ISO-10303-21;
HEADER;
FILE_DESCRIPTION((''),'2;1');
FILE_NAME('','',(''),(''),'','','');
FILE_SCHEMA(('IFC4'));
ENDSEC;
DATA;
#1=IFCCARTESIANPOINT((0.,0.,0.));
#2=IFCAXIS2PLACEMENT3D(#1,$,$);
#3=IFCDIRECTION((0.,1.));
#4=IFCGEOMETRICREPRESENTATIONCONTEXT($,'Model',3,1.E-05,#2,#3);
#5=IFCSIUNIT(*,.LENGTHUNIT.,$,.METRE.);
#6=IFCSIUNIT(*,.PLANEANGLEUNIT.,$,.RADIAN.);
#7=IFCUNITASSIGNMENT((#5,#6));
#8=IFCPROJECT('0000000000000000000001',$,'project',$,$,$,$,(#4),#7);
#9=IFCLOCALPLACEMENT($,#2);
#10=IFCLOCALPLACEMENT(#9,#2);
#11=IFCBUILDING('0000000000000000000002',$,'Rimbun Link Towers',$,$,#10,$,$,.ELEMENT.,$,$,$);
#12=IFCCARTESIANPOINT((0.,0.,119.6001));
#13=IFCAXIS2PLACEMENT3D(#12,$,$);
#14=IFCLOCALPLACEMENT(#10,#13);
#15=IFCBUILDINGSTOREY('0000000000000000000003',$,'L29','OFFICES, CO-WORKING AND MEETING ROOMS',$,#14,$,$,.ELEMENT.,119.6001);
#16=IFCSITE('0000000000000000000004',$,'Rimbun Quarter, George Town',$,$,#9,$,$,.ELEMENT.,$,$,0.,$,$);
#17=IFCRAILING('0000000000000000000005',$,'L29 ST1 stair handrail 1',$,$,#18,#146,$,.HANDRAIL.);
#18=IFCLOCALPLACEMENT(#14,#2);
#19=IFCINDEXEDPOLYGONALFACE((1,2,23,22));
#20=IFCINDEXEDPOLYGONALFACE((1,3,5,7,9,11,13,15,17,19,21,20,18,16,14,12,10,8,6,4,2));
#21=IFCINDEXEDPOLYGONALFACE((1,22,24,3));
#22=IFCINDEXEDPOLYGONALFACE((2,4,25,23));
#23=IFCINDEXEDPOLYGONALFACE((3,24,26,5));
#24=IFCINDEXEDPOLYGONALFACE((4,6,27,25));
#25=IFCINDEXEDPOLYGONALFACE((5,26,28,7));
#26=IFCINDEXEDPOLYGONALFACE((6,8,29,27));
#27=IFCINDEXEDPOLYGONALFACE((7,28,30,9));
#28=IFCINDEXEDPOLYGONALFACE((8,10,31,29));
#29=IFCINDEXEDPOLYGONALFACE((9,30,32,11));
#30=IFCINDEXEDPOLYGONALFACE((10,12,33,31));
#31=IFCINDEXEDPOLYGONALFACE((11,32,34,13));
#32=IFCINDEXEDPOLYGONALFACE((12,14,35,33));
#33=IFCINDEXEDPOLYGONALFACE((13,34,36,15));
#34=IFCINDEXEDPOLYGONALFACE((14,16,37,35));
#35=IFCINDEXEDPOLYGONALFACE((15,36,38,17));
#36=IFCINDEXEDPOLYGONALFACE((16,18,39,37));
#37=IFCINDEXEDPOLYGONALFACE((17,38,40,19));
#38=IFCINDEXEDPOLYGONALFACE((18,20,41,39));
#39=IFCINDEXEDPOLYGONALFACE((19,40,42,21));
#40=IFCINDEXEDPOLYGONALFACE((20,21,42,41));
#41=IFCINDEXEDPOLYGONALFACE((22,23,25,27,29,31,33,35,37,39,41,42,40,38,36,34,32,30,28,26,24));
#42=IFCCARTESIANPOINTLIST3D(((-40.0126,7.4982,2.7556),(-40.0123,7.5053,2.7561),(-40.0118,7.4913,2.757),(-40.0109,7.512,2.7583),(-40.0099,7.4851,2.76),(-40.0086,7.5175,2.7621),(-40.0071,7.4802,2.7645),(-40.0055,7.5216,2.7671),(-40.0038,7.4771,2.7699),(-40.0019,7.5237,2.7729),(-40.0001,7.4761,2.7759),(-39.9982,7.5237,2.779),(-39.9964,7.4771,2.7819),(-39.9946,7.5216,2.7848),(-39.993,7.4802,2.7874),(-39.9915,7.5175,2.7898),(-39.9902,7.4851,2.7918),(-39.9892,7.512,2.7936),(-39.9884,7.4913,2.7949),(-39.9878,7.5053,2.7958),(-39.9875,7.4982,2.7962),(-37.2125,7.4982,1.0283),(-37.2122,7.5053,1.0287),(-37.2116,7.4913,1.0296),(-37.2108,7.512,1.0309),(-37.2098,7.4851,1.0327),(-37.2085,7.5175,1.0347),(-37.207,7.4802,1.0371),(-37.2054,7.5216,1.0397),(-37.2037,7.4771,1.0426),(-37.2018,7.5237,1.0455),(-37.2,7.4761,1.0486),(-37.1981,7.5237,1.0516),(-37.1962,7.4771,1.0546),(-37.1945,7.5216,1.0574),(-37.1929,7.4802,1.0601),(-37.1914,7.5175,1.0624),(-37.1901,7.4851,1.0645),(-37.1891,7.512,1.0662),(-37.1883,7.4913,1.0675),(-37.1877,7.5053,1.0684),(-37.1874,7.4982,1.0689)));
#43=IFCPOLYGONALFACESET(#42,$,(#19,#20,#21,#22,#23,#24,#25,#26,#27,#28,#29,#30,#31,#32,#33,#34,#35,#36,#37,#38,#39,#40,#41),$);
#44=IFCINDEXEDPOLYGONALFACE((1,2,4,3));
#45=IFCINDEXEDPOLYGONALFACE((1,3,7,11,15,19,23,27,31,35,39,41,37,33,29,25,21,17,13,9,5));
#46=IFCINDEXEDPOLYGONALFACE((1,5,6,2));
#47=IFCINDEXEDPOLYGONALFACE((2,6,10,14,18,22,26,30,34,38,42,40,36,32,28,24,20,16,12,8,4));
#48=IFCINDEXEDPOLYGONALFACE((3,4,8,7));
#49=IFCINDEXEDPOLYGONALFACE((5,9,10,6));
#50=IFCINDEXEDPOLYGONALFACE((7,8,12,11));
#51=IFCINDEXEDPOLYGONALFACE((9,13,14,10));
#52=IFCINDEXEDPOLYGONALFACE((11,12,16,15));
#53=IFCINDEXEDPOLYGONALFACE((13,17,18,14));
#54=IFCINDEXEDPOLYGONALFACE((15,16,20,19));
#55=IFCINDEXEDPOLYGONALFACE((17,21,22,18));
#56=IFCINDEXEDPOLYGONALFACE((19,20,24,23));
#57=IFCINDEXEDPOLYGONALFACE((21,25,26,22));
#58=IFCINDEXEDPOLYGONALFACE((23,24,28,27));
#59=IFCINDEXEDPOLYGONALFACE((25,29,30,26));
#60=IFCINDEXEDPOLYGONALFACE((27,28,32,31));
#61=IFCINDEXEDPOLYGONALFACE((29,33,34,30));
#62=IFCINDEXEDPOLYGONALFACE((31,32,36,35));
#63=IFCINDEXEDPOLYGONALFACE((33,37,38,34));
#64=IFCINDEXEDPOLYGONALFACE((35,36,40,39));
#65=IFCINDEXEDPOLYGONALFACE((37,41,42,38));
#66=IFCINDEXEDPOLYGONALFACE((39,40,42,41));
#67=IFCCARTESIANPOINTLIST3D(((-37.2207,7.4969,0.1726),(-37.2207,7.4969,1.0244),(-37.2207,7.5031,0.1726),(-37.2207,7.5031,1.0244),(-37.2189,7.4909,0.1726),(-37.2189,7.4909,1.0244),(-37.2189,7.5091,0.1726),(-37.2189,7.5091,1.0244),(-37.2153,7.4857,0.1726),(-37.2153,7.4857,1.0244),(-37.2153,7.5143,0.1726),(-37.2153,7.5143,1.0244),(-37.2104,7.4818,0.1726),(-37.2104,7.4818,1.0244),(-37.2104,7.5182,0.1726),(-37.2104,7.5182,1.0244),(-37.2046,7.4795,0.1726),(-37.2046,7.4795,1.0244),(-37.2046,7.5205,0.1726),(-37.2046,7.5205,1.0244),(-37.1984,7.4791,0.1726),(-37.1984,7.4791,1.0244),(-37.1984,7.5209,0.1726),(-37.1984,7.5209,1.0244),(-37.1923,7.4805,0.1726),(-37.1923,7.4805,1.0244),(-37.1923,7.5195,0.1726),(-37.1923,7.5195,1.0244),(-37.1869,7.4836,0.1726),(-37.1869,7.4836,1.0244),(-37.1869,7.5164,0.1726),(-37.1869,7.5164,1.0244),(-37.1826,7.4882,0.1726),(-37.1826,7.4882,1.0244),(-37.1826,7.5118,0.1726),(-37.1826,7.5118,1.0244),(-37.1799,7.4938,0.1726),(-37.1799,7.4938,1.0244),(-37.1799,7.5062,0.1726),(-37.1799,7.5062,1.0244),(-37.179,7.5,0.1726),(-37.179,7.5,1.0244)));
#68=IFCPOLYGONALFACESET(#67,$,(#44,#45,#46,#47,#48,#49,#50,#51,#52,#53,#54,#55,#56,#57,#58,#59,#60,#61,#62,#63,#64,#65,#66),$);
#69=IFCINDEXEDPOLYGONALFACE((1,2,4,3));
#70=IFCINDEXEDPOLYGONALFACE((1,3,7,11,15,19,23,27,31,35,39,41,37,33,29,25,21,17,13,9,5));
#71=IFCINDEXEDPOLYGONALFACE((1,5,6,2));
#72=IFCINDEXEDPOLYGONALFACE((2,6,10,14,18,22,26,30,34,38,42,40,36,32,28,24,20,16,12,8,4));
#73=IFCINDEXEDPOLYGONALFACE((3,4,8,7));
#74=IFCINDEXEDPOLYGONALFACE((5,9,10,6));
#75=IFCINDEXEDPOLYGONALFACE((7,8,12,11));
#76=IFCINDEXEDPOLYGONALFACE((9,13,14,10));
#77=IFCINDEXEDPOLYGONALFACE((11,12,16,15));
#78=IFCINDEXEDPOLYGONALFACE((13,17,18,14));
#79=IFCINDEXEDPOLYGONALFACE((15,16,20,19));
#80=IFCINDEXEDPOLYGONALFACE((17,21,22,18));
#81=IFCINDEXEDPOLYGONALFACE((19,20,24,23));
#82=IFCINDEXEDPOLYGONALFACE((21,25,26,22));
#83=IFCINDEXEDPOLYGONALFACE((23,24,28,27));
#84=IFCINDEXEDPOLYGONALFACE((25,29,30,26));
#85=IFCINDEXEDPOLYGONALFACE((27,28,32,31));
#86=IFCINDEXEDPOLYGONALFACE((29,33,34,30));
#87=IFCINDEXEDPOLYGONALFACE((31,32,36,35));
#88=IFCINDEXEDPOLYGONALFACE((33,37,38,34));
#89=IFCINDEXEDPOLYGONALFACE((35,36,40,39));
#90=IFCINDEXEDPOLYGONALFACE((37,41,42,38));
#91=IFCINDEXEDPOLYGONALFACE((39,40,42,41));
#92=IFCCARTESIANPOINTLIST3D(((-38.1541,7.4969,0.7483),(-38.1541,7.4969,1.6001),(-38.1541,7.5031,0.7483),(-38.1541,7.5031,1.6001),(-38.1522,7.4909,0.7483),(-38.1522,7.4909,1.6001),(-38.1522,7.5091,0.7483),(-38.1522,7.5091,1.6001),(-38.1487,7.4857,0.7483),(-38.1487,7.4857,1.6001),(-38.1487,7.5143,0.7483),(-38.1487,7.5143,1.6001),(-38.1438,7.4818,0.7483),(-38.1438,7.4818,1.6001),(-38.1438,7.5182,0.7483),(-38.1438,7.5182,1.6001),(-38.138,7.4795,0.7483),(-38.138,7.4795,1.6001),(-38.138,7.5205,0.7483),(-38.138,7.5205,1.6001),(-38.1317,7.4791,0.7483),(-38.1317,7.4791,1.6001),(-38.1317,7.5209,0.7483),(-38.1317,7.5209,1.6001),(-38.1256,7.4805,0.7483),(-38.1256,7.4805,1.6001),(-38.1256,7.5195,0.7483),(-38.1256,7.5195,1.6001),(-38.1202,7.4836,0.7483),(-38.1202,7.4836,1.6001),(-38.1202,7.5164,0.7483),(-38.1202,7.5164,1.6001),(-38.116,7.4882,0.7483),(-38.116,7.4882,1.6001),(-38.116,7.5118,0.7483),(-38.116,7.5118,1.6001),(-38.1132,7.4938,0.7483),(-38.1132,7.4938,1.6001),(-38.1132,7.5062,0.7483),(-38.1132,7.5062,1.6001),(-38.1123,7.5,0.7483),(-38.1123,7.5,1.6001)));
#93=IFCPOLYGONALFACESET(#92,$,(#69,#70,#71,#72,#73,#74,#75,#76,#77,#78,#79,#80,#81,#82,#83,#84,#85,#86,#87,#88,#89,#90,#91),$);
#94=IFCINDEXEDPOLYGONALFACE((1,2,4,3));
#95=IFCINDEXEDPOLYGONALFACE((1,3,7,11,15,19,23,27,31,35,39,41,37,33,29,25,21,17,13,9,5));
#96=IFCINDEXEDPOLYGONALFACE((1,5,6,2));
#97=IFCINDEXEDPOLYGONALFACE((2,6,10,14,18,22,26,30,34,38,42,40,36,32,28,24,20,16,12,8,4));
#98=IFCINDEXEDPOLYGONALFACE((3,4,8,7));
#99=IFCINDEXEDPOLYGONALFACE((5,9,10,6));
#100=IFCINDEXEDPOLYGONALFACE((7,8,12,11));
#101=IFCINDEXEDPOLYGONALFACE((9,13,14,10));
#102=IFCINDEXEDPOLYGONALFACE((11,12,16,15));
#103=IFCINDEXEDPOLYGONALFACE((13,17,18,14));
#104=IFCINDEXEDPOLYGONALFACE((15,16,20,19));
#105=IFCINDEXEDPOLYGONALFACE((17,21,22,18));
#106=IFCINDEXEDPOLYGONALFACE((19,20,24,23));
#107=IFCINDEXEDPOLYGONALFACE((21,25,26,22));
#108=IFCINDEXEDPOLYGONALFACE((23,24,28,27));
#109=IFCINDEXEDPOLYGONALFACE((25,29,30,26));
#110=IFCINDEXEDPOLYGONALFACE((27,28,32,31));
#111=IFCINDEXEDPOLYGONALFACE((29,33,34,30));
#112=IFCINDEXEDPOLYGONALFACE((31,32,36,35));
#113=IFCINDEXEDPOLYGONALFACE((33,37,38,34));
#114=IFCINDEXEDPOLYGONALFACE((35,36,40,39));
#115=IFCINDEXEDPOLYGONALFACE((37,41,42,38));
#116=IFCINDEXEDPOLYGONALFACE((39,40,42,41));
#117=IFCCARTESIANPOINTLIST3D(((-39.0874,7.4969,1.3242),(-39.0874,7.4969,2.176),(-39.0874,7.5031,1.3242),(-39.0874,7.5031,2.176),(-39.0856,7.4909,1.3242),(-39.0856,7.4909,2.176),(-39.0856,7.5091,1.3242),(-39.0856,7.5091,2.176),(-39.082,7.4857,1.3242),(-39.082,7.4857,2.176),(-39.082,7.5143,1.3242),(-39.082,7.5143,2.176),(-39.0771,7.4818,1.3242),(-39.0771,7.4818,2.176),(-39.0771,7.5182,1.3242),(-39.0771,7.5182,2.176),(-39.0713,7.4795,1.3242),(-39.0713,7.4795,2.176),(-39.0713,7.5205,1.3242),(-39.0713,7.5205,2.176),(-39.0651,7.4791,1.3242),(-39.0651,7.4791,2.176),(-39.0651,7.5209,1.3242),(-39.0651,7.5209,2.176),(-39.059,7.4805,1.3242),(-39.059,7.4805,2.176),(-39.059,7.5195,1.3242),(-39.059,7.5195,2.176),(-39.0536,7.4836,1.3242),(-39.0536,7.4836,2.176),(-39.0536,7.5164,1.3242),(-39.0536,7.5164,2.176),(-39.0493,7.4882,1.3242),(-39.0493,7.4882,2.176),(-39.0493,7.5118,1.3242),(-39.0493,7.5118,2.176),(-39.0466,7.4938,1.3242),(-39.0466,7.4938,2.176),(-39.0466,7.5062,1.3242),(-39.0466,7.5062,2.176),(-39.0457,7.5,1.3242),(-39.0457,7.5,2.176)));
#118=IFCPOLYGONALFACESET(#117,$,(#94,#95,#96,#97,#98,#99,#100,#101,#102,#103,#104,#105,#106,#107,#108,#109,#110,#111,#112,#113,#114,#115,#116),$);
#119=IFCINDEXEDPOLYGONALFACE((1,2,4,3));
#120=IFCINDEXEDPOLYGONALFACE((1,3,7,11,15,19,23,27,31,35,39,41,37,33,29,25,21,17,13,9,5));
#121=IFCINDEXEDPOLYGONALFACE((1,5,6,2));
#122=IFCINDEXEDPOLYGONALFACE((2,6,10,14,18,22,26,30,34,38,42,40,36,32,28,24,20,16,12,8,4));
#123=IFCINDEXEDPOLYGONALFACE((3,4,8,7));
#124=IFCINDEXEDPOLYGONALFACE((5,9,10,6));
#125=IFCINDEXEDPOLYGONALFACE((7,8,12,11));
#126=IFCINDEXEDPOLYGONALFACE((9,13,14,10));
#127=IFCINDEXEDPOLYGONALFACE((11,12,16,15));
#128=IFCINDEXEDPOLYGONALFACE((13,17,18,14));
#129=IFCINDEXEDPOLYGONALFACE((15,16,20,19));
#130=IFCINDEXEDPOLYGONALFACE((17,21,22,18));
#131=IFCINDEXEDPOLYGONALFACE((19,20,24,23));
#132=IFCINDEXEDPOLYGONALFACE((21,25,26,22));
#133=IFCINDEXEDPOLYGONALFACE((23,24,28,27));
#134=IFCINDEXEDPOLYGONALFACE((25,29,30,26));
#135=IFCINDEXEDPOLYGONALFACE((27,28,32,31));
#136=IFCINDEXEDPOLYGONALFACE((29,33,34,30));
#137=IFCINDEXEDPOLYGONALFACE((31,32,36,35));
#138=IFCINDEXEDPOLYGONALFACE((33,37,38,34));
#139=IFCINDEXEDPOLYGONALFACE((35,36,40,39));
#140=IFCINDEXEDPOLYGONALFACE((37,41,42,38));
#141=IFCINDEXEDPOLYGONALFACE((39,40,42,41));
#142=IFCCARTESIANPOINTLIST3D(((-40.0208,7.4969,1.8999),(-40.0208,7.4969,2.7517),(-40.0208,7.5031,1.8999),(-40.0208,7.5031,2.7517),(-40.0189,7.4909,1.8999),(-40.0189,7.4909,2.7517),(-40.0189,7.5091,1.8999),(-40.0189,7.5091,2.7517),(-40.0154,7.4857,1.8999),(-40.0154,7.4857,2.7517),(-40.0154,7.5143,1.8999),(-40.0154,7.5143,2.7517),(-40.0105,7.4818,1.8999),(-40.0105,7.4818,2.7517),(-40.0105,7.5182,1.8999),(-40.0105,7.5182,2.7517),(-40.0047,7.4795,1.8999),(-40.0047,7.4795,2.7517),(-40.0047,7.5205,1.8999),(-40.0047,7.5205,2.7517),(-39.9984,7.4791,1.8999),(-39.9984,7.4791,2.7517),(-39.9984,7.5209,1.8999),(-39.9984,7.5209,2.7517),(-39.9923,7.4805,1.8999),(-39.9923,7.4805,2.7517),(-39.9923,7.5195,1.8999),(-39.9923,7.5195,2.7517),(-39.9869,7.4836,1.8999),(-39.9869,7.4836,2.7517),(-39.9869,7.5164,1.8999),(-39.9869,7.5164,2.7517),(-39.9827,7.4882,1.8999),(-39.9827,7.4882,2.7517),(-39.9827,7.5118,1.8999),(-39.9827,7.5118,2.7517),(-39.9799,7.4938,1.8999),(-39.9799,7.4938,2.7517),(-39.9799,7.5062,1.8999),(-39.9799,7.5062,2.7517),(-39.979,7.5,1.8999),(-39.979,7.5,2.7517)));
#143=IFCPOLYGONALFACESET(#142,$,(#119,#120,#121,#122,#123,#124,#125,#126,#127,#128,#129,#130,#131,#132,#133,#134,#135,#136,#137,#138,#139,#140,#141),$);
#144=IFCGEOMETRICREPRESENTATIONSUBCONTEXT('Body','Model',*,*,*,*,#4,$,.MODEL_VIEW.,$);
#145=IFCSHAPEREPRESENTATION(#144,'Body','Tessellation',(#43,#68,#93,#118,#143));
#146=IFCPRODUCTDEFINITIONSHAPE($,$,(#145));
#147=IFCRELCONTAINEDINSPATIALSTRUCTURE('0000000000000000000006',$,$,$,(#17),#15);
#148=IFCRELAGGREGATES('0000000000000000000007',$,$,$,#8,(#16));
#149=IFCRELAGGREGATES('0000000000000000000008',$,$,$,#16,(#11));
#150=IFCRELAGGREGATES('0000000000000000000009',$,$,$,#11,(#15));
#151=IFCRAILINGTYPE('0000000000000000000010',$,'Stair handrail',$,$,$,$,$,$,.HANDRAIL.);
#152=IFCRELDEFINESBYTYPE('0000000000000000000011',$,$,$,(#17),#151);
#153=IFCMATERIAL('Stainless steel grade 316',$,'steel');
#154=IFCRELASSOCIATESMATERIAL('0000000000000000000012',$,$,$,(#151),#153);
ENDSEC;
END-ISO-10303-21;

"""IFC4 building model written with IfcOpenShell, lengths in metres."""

from ifc_helpers import new_model, si_unit, direction, frame, origin, origin_2d, place, context, subcontext, project, spatial, circle, extrude, material, type_object, element, save


model = new_model("IFC4")

# Units and contexts
model_context = context("Model", 3, precision=1e-05, world=origin(), true_north=direction((0.0, 1.0)))
body_context = subcontext(model_context, "Body", "Model", "MODEL_VIEW")
ifc_project = project(units=[si_unit("LENGTHUNIT", "METRE"), si_unit("PLANEANGLEUNIT", "RADIAN")], contexts=[model_context])

# Site, building, storey
site_placement = place(None, origin())
site = spatial("IfcSite", under=ifc_project, at=site_placement, Name="Rimbun Quarter, George Town", CompositionType="ELEMENT", RefElevation=0.0)
building_placement = place(site_placement, origin())
building = spatial("IfcBuilding", under=site, at=building_placement, Name="Rimbun Link Towers", CompositionType="ELEMENT")
storey_placement = place(building_placement, frame((0.0, 0.0, 119.6001)))
storey = spatial("IfcBuildingStorey", under=building, at=storey_placement, Name="L29", Description="OFFICES, CO-WORKING AND MEETING ROOMS", CompositionType="ELEMENT", Elevation=119.6001)

# Railing
ifc_material_1 = material(Name="Stainless steel grade 316", Category="steel")
railing_type_1 = type_object("IfcRailingType", Name="Stair handrail", PredefinedType="HANDRAIL", material=ifc_material_1)
railing_1_placement = place(storey_placement, frame((-37.2, 7.5, 0.1726)))
element("IfcRailing", 1, at=railing_1_placement, inside=storey, type_object=railing_type_1, Name="L29 ST1 stair handrail 1", PredefinedType="HANDRAIL", context=body_context, shape_type="SweptSolid", body=[
    extrude(circle(Radius=0.0239, at=origin_2d()), frame((0.0, 0.0, 0.876), z_axis=(-0.85109, 0.0, 0.52502), x_axis=(0.0, -1.0, 0.0)), (0.0, 0.0, 1.0), 3.29),
    extrude(circle(Radius=0.021, at=origin_2d()), origin(), (0.0, 0.0, 1.0), 0.8518),
    extrude(circle(Radius=0.021, at=origin_2d()), frame((-0.9333, 0.0, 0.5757)), (0.0, 0.0, 1.0), 0.8518),
    extrude(circle(Radius=0.021, at=origin_2d()), frame((-1.8667, 0.0, 1.1516)), (0.0, 0.0, 1.0), 0.8518),
    extrude(circle(Radius=0.021, at=origin_2d()), frame((-2.8, 0.0, 1.7273)), (0.0, 0.0, 1.0), 0.8518),
])

save(model, "model.ifc")
